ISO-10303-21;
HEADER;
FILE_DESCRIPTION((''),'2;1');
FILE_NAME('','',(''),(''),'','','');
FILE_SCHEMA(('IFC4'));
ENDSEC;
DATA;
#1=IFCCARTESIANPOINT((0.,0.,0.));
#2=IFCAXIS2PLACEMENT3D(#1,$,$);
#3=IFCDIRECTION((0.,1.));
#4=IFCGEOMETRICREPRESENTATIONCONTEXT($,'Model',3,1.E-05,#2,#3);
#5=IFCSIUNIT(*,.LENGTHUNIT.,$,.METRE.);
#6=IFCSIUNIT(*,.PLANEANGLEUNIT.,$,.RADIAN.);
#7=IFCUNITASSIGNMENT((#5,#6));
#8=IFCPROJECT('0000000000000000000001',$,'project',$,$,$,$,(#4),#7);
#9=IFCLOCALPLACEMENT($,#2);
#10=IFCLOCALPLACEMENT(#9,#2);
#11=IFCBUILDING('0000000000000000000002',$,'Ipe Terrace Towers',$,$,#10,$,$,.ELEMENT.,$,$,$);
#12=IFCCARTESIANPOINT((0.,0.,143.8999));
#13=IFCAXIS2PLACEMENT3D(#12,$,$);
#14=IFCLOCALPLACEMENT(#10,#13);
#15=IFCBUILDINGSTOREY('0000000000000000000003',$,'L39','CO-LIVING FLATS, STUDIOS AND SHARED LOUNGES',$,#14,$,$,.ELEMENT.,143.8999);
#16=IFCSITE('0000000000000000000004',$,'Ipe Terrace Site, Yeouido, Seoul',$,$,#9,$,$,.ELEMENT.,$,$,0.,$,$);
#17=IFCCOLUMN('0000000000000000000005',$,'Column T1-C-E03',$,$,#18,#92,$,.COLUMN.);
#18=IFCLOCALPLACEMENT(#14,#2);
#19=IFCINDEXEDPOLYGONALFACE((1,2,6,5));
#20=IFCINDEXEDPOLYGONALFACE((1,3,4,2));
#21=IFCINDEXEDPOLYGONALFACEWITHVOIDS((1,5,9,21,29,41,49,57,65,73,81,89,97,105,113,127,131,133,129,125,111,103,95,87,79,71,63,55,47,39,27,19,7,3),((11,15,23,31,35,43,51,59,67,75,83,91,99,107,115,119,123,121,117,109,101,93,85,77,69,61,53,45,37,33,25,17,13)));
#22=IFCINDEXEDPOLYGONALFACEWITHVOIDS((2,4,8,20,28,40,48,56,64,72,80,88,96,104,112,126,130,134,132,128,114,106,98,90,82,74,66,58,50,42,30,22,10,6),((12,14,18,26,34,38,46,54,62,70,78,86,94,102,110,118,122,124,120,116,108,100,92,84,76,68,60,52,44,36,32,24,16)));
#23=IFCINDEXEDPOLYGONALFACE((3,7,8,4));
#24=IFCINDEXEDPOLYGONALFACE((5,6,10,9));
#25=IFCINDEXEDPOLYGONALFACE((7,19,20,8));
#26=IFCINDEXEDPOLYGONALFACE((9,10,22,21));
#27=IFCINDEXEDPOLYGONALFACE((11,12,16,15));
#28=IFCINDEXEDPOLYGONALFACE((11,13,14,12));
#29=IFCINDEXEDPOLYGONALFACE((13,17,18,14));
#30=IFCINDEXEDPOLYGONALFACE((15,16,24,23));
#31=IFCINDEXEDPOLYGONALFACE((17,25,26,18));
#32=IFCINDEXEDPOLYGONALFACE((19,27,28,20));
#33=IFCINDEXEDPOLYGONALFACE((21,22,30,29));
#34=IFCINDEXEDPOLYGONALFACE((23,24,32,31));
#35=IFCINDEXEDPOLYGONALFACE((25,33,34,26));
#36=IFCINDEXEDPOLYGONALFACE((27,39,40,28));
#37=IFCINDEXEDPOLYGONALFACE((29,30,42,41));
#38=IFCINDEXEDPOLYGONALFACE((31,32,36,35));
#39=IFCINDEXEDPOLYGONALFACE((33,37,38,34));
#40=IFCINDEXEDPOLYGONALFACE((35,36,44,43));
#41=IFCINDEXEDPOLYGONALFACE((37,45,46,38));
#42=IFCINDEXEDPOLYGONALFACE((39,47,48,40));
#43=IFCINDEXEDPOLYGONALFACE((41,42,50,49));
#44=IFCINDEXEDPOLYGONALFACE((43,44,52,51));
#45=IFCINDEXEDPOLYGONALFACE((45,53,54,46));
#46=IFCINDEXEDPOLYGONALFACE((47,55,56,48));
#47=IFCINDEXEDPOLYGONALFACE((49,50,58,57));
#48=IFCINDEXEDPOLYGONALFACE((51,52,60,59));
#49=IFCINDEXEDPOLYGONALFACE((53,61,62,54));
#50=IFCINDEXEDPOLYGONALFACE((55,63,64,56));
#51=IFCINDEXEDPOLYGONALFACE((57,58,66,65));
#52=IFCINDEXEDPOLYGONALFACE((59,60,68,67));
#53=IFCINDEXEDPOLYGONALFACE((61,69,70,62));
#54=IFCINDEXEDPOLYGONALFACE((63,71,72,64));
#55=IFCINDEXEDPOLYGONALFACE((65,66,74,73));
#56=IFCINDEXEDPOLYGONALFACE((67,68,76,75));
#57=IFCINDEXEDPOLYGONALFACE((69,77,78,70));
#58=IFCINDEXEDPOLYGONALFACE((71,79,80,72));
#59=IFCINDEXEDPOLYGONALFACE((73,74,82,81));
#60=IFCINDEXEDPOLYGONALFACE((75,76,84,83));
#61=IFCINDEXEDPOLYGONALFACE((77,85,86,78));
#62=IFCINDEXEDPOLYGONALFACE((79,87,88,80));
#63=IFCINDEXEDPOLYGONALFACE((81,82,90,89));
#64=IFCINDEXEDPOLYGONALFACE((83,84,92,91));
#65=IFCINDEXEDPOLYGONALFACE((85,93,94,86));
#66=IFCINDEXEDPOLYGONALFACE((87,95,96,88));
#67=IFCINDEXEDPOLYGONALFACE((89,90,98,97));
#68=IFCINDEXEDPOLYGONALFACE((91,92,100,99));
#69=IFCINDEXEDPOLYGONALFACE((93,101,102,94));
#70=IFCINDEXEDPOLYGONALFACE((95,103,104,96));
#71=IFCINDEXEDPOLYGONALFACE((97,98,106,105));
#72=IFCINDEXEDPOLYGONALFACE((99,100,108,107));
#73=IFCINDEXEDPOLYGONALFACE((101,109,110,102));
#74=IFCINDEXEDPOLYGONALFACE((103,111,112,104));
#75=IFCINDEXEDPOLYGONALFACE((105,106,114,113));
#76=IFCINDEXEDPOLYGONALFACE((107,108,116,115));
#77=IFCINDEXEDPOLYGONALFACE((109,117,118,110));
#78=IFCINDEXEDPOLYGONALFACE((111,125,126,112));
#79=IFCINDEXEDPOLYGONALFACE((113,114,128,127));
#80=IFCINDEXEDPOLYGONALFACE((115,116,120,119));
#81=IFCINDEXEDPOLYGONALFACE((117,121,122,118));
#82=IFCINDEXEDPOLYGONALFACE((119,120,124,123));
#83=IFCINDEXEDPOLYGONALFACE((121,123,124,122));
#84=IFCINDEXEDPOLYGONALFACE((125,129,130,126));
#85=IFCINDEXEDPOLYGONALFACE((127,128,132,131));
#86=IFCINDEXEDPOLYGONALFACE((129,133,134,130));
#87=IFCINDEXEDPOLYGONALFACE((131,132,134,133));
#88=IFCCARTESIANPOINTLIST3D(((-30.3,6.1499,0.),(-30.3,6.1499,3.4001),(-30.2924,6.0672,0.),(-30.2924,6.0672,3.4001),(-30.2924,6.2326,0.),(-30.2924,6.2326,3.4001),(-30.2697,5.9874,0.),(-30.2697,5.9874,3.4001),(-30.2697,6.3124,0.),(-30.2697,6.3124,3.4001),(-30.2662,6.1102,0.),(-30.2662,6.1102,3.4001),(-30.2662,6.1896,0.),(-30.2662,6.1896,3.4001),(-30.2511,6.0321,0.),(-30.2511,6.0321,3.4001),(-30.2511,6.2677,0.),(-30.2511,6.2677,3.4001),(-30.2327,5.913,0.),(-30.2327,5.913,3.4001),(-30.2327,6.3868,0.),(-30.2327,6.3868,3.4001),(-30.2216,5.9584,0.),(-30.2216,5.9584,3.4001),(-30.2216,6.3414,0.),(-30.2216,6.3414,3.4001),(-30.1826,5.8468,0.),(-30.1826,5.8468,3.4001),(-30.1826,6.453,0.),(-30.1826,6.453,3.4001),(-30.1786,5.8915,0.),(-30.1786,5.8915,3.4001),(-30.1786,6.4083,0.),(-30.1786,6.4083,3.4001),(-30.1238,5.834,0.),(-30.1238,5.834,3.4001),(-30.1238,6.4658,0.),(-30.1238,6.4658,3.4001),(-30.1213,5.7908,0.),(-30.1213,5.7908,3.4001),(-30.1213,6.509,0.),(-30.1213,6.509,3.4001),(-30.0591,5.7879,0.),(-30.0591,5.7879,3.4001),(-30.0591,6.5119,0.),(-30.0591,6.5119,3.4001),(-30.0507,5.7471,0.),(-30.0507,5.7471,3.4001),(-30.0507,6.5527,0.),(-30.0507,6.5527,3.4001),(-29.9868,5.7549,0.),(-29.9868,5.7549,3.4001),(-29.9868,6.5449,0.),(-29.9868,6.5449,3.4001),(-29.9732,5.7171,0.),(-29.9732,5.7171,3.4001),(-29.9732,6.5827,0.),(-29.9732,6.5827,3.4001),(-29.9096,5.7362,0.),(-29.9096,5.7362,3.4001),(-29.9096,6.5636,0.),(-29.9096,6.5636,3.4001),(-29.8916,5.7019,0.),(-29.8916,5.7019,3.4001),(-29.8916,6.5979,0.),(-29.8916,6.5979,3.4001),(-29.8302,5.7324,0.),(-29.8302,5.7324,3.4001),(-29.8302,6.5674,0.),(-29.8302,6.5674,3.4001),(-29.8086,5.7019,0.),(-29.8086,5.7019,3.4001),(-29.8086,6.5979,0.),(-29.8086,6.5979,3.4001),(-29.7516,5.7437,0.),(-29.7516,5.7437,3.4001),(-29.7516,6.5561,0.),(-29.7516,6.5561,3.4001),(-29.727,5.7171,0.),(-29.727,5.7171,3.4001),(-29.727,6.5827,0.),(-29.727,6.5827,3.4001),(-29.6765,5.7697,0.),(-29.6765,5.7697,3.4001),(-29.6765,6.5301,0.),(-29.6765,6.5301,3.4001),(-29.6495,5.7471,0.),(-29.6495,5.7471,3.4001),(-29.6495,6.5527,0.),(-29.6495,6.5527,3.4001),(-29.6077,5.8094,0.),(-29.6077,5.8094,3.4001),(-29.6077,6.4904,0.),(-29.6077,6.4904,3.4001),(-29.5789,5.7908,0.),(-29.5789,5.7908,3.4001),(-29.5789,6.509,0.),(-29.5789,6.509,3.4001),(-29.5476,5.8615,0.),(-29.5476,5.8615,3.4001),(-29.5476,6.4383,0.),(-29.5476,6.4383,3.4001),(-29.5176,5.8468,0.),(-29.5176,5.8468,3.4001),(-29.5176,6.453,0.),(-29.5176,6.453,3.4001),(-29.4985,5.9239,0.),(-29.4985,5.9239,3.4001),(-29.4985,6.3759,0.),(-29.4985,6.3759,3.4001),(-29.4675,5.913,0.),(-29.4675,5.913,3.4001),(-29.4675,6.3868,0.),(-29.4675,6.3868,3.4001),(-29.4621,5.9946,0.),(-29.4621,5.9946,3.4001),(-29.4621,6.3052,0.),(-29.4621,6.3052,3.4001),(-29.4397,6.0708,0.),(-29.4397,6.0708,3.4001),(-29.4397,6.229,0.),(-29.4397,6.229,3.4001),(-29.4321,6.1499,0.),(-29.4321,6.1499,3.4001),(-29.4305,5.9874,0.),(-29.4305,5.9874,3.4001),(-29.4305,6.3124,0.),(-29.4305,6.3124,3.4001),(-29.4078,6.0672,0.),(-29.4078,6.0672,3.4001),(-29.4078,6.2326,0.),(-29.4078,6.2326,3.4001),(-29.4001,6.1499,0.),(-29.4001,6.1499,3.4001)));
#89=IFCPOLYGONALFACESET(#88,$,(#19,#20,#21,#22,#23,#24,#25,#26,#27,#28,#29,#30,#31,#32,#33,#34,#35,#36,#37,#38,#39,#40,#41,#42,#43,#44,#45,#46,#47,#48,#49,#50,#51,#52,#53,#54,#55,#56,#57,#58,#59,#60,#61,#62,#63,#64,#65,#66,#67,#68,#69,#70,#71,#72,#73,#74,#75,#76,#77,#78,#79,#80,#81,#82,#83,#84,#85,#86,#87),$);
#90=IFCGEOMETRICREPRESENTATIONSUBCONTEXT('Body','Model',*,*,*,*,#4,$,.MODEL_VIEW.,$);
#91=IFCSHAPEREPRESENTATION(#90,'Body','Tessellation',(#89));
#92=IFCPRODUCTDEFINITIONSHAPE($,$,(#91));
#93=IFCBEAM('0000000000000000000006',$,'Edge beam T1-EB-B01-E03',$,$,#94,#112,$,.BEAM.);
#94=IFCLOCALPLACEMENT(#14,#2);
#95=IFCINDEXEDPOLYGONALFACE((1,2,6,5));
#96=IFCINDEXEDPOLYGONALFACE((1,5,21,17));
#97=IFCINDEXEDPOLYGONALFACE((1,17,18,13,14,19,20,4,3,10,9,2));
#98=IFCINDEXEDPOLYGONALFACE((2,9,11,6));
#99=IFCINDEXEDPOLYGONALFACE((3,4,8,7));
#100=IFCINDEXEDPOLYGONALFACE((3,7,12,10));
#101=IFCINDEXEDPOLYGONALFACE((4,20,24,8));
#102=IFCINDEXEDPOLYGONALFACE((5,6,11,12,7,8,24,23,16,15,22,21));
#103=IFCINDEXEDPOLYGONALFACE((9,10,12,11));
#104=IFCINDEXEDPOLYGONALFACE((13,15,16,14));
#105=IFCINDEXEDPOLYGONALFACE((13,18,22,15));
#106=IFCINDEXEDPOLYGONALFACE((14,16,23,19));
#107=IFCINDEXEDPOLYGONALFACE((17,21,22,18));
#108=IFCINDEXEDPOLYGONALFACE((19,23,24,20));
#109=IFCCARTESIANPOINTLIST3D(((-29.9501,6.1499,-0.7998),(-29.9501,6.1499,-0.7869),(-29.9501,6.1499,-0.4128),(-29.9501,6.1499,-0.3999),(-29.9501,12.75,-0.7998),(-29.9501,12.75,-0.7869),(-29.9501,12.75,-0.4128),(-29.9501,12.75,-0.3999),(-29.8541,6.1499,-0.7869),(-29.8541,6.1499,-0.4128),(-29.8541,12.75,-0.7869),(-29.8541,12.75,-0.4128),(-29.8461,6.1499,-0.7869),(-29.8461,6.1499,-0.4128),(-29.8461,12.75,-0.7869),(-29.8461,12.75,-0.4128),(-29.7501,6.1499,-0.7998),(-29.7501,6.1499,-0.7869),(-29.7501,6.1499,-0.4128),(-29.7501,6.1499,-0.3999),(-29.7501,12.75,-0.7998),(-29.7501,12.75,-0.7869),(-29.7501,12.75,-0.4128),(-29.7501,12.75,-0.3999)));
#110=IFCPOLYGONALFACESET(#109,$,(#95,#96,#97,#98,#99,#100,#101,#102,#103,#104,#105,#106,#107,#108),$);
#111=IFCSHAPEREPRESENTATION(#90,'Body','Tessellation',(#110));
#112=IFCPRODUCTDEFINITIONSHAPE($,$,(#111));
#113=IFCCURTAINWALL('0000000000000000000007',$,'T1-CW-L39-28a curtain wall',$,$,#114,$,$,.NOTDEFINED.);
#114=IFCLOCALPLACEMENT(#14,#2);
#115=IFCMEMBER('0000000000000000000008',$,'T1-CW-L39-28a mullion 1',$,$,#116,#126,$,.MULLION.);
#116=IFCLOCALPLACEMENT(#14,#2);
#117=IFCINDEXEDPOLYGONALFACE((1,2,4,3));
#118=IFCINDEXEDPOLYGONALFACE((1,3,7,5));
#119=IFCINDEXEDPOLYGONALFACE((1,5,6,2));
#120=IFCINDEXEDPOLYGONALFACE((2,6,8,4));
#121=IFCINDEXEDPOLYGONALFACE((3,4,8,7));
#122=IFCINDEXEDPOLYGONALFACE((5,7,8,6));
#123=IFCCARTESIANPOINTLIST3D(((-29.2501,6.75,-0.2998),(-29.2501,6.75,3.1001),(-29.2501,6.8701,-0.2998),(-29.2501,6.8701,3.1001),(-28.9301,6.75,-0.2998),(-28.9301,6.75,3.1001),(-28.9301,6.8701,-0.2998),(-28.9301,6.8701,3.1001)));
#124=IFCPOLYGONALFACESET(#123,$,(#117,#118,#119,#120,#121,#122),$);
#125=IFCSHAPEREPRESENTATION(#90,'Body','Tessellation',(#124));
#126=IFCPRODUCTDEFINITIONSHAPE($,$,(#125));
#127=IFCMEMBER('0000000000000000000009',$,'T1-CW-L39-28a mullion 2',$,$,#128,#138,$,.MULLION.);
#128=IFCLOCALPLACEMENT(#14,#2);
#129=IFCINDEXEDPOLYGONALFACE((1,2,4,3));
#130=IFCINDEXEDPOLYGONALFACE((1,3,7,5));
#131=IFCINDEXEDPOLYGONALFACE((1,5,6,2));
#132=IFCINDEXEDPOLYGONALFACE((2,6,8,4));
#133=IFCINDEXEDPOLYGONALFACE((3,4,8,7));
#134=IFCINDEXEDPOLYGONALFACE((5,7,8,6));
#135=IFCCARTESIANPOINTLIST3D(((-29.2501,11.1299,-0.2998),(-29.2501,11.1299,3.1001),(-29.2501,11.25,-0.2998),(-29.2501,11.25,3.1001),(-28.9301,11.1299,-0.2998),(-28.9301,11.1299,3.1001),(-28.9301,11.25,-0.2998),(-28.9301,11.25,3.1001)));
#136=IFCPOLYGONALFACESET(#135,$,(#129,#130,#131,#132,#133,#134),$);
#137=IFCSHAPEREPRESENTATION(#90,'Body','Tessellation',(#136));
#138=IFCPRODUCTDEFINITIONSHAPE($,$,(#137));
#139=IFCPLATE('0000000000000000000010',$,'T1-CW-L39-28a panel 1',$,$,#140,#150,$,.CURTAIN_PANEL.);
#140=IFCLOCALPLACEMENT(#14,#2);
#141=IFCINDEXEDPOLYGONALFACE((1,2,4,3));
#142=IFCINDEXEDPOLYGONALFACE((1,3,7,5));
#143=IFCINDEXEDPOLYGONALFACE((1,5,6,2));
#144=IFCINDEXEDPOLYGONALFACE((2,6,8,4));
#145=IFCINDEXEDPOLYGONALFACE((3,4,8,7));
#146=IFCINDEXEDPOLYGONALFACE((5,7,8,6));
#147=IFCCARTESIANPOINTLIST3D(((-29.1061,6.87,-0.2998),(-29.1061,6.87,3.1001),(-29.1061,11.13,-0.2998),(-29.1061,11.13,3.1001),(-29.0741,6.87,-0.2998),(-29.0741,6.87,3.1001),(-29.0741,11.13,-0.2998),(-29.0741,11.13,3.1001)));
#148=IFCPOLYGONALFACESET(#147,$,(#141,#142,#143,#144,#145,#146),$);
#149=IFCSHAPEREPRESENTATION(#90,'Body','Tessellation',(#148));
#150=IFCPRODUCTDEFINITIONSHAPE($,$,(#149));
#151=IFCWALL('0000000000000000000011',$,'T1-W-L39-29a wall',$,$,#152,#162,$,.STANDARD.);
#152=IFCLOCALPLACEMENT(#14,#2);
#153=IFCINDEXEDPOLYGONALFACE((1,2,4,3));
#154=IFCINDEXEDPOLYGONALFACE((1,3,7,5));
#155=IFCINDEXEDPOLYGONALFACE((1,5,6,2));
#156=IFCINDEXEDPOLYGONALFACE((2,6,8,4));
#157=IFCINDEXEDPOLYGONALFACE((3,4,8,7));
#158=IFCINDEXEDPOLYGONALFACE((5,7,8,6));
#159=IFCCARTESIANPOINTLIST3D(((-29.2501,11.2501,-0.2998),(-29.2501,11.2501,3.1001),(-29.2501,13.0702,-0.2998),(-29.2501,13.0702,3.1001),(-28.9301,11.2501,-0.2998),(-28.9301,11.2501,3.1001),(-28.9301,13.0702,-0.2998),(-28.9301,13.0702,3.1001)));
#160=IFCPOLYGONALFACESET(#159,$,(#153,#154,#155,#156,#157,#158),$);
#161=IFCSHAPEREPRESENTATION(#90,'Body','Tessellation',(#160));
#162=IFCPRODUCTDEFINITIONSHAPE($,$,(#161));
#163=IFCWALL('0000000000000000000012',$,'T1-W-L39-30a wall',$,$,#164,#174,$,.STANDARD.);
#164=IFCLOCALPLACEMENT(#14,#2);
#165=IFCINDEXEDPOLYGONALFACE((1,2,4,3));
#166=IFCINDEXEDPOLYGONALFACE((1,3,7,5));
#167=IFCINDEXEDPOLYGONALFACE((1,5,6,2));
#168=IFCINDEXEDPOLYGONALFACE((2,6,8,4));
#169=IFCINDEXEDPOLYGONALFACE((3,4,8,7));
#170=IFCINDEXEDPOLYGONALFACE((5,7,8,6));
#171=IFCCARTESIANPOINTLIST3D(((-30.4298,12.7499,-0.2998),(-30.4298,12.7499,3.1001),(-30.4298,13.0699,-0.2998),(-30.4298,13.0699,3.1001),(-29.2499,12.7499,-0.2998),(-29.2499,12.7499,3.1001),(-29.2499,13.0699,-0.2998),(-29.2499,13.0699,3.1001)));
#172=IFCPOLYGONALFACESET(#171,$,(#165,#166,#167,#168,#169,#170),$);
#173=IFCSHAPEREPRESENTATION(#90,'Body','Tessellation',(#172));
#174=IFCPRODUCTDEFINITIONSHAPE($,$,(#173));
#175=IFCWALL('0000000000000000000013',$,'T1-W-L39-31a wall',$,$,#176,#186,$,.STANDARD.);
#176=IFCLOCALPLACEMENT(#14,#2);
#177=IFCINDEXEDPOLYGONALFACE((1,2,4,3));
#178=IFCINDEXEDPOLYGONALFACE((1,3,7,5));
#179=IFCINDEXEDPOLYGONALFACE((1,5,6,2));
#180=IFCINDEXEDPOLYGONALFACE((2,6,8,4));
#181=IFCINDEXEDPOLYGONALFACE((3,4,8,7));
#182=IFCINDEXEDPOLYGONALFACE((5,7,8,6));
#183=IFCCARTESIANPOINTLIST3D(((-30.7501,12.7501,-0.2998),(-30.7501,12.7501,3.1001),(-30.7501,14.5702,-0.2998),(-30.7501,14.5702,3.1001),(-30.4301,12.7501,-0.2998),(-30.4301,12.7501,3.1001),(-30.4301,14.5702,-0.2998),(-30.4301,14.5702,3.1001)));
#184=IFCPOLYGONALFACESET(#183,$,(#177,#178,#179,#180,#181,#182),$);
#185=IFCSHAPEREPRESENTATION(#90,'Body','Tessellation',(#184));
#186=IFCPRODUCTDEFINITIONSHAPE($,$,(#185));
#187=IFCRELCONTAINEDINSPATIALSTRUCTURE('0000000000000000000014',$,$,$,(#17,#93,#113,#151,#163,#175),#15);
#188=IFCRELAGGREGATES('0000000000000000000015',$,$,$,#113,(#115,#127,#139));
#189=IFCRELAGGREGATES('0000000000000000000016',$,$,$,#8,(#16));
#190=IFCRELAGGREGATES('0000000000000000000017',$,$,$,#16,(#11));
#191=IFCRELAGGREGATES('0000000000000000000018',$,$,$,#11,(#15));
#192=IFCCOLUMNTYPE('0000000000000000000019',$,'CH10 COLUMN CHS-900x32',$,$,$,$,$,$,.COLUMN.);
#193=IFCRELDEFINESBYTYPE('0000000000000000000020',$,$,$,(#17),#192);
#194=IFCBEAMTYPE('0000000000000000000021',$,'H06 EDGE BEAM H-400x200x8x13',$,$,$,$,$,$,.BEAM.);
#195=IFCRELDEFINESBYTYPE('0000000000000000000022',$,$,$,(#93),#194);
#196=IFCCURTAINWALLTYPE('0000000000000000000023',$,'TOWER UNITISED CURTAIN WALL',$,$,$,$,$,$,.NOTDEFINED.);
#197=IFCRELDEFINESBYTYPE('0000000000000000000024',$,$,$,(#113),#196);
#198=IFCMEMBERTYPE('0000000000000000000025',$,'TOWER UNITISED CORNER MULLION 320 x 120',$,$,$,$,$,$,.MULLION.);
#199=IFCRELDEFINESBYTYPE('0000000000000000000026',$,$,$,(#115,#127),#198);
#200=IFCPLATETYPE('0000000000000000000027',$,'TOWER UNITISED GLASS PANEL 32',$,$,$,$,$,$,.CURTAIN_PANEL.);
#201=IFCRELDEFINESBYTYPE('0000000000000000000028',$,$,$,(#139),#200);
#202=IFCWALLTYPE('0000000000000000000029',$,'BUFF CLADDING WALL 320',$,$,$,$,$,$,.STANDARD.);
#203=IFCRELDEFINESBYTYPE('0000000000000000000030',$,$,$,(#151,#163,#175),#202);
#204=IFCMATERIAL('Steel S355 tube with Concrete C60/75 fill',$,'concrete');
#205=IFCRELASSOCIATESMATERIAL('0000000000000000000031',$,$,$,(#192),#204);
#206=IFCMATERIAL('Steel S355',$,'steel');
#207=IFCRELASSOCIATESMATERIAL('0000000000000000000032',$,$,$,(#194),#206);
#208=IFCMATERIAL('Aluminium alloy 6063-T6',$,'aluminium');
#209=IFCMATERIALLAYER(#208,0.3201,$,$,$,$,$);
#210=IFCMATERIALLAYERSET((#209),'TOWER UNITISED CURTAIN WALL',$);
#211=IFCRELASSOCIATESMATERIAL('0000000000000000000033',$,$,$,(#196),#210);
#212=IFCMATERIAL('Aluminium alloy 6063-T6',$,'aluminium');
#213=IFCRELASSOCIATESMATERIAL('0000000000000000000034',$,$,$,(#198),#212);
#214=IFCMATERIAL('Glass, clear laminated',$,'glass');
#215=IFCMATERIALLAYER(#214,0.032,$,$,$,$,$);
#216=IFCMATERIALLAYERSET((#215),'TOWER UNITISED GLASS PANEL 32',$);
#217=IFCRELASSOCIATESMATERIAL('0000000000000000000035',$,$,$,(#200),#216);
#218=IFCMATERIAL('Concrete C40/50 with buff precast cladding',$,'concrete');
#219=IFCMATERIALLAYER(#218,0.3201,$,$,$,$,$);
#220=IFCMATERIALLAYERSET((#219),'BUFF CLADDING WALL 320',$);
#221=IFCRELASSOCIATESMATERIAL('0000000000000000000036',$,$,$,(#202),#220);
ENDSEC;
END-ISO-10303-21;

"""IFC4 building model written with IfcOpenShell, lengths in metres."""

from ifc_helpers import new_model, si_unit, direction, frame, frame_2d, origin, origin_2d, place, context, subcontext, project, spatial, rectangle, hollow_circle, i_section, extrude, material, layer, layer_set, material_profile, profile_set, type_object, element, aggregate, save


model = new_model("IFC4")

# Units and contexts
model_context = context("Model", 3, precision=1e-05, world=origin(), true_north=direction((0.0, 1.0)))
body_context = subcontext(model_context, "Body", "Model", "MODEL_VIEW")
ifc_project = project(units=[si_unit("LENGTHUNIT", "METRE"), si_unit("PLANEANGLEUNIT", "RADIAN")], contexts=[model_context])

# Site, building, storey
site_placement = place(None, origin())
site = spatial("IfcSite", under=ifc_project, at=site_placement, Name="Ipe Terrace Site, Yeouido, Seoul", CompositionType="ELEMENT", RefElevation=0.0)
building_placement = place(site_placement, origin())
building = spatial("IfcBuilding", under=site, at=building_placement, Name="Ipe Terrace Towers", CompositionType="ELEMENT")
storey_placement = place(building_placement, frame((0.0, 0.0, 143.8999)))
storey = spatial("IfcBuildingStorey", under=building, at=storey_placement, Name="L39", Description="CO-LIVING FLATS, STUDIOS AND SHARED LOUNGES", CompositionType="ELEMENT", Elevation=143.8999)

# Column
ifc_material_1 = material(Name="Steel S355 tube with Concrete C60/75 fill", Category="concrete")
ifc_material_profile_1 = material_profile(ifc_material_1, hollow_circle(Radius=0.45, WallThickness=0.032, at=origin_2d()), Name="CHS-900x32")
ifc_profile_set_1 = profile_set([ifc_material_profile_1], Name="Steel S355 tube with Concrete C60/75 fill")
column_type_1 = type_object("IfcColumnType", Name="CH10 COLUMN CHS-900x32", PredefinedType="COLUMN", material=ifc_profile_set_1)
column_placement = place(storey_placement, frame((-29.8501, 6.1499, 0.0), z_axis=(0.0, 0.0, 1.0), x_axis=(1.0, 0.0, 0.0)))
element("IfcColumn", 1, at=column_placement, inside=storey, type_object=column_type_1, Name="Column T1-C-E03", PredefinedType="COLUMN", context=body_context, shape_type="SweptSolid", body=[
    extrude(hollow_circle(Radius=0.45, WallThickness=0.032, at=origin_2d()), origin(), (0.0, 0.0, 1.0), 3.4001),
])

# Beam
ifc_material_2 = material(Name="Steel S355", Category="steel")
ifc_material_profile_2 = material_profile(ifc_material_2, i_section(OverallWidth=0.2, OverallDepth=0.3999, WebThickness=0.0081, FlangeThickness=0.0129, at=origin_2d()), Name="H-400x200x8x13")
ifc_profile_set_2 = profile_set([ifc_material_profile_2], Name="Steel S355")
beam_type = type_object("IfcBeamType", Name="H06 EDGE BEAM H-400x200x8x13", PredefinedType="BEAM", material=ifc_profile_set_2)
beam_placement = place(storey_placement, frame((-29.8501, 12.75, -0.5999), z_axis=(0.0, -1.0, 0.0), x_axis=(1.0, 0.0, 0.0)))
element("IfcBeam", 2, at=beam_placement, inside=storey, type_object=beam_type, Name="Edge beam T1-EB-B01-E03", PredefinedType="BEAM", context=body_context, shape_type="SweptSolid", body=[
    extrude(i_section(OverallWidth=0.2, OverallDepth=0.3999, WebThickness=0.0081, FlangeThickness=0.0129, at=origin_2d()), origin(), (0.0, 0.0, 1.0), 6.6001),
])

# Curtain wall, members, plate
ifc_material_3 = material(Name="Aluminium alloy 6063-T6", Category="aluminium")
ifc_layer_1 = layer(ifc_material_3, 0.3201)
ifc_layer_set_1 = layer_set([ifc_layer_1], Name="TOWER UNITISED CURTAIN WALL")
curtain_wall_type = type_object("IfcCurtainWallType", Name="TOWER UNITISED CURTAIN WALL", PredefinedType="NOTDEFINED", material=ifc_layer_set_1)
curtain_wall_placement = place(storey_placement, origin())
curtain_wall = element("IfcCurtainWall", 3, at=curtain_wall_placement, inside=storey, type_object=curtain_wall_type, Name="T1-CW-L39-28a curtain wall", PredefinedType="NOTDEFINED")
ifc_material_4 = material(Name="Aluminium alloy 6063-T6", Category="aluminium")
ifc_material_profile_3 = material_profile(ifc_material_4, rectangle(XDim=0.3201, YDim=0.1201, at=origin_2d()), Name="TOWER UNITISED CORNER MULLION 320 x 120")
ifc_profile_set_3 = profile_set([ifc_material_profile_3], Name="Aluminium alloy 6063-T6")
member_type = type_object("IfcMemberType", Name="TOWER UNITISED CORNER MULLION 320 x 120", PredefinedType="MULLION", material=ifc_profile_set_3)
member_1_placement = place(storey_placement, frame((-29.0901, 6.8101, -0.2998), z_axis=(0.0, 0.0, 1.0), x_axis=(1.0, 0.0, 0.0)))
member_1 = element("IfcMember", 4, at=member_1_placement, type_object=member_type, Name="T1-CW-L39-28a mullion 1", PredefinedType="MULLION", context=body_context, shape_type="SweptSolid", body=[
    extrude(rectangle(XDim=0.3201, YDim=0.1201, at=origin_2d()), origin(), (0.0, 0.0, 1.0), 3.3999),
])
member_2_placement = place(storey_placement, frame((-29.0901, 11.1899, -0.2998), z_axis=(0.0, 0.0, 1.0), x_axis=(1.0, 0.0, 0.0)))
member_2 = element("IfcMember", 5, at=member_2_placement, type_object=member_type, Name="T1-CW-L39-28a mullion 2", PredefinedType="MULLION", context=body_context, shape_type="SweptSolid", body=[
    extrude(rectangle(XDim=0.3201, YDim=0.1201, at=origin_2d()), origin(), (0.0, 0.0, 1.0), 3.3999),
])
ifc_material_5 = material(Name="Glass, clear laminated", Category="glass")
ifc_layer_2 = layer(ifc_material_5, 0.032)
ifc_layer_set_2 = layer_set([ifc_layer_2], Name="TOWER UNITISED GLASS PANEL 32")
plate_type = type_object("IfcPlateType", Name="TOWER UNITISED GLASS PANEL 32", PredefinedType="CURTAIN_PANEL", material=ifc_layer_set_2)
plate_placement = place(storey_placement, frame((-29.0901, 9.0, -0.2998), z_axis=(0.0, 0.0, 1.0), x_axis=(0.0, 1.0, 0.0)))
plate = element("IfcPlate", 6, at=plate_placement, type_object=plate_type, Name="T1-CW-L39-28a panel 1", PredefinedType="CURTAIN_PANEL", context=body_context, shape_type="SweptSolid", body=[
    extrude(rectangle(XDim=4.26, YDim=0.032, at=origin_2d()), origin(), (0.0, 0.0, 1.0), 3.3999),
])
aggregate(curtain_wall, [member_1, member_2, plate])

# Walls
ifc_material_6 = material(Name="Concrete C40/50 with buff precast cladding", Category="concrete")
ifc_layer_3 = layer(ifc_material_6, 0.3201)
ifc_layer_set_3 = layer_set([ifc_layer_3], Name="BUFF CLADDING WALL 320")
wall_type_1 = type_object("IfcWallType", Name="BUFF CLADDING WALL 320", PredefinedType="STANDARD", material=ifc_layer_set_3)
wall_1_placement = place(storey_placement, frame((-29.0901, 11.25, -0.2998), z_axis=(0.0, 0.0, 1.0), x_axis=(0.0, 1.0, 0.0)))
element("IfcWall", 7, at=wall_1_placement, inside=storey, type_object=wall_type_1, Name="T1-W-L39-29a wall", PredefinedType="STANDARD", context=body_context, shape_type="SweptSolid", body=[
    extrude(rectangle(XDim=1.8201, YDim=0.3201, at=frame_2d((0.9102, 0.0))), origin(), (0.0, 0.0, 1.0), 3.3999),
])
wall_2_placement = place(storey_placement, frame((-29.25, 12.9099, -0.2998), z_axis=(0.0, 0.0, 1.0), x_axis=(-1.0, 0.0, 0.0)))
element("IfcWall", 8, at=wall_2_placement, inside=storey, type_object=wall_type_1, Name="T1-W-L39-30a wall", PredefinedType="STANDARD", context=body_context, shape_type="SweptSolid", body=[
    extrude(rectangle(XDim=1.1799, YDim=0.3201, at=frame_2d((0.5898, 0.0))), origin(), (0.0, 0.0, 1.0), 3.3999),
])
wall_3_placement = place(storey_placement, frame((-30.5901, 12.75, -0.2998), z_axis=(0.0, 0.0, 1.0), x_axis=(0.0, 1.0, 0.0)))
element("IfcWall", 9, at=wall_3_placement, inside=storey, type_object=wall_type_1, Name="T1-W-L39-31a wall", PredefinedType="STANDARD", context=body_context, shape_type="SweptSolid", body=[
    extrude(rectangle(XDim=1.8201, YDim=0.3201, at=frame_2d((0.9102, 0.0))), origin(), (0.0, 0.0, 1.0), 3.3999),
])

save(model, "model.ifc")
